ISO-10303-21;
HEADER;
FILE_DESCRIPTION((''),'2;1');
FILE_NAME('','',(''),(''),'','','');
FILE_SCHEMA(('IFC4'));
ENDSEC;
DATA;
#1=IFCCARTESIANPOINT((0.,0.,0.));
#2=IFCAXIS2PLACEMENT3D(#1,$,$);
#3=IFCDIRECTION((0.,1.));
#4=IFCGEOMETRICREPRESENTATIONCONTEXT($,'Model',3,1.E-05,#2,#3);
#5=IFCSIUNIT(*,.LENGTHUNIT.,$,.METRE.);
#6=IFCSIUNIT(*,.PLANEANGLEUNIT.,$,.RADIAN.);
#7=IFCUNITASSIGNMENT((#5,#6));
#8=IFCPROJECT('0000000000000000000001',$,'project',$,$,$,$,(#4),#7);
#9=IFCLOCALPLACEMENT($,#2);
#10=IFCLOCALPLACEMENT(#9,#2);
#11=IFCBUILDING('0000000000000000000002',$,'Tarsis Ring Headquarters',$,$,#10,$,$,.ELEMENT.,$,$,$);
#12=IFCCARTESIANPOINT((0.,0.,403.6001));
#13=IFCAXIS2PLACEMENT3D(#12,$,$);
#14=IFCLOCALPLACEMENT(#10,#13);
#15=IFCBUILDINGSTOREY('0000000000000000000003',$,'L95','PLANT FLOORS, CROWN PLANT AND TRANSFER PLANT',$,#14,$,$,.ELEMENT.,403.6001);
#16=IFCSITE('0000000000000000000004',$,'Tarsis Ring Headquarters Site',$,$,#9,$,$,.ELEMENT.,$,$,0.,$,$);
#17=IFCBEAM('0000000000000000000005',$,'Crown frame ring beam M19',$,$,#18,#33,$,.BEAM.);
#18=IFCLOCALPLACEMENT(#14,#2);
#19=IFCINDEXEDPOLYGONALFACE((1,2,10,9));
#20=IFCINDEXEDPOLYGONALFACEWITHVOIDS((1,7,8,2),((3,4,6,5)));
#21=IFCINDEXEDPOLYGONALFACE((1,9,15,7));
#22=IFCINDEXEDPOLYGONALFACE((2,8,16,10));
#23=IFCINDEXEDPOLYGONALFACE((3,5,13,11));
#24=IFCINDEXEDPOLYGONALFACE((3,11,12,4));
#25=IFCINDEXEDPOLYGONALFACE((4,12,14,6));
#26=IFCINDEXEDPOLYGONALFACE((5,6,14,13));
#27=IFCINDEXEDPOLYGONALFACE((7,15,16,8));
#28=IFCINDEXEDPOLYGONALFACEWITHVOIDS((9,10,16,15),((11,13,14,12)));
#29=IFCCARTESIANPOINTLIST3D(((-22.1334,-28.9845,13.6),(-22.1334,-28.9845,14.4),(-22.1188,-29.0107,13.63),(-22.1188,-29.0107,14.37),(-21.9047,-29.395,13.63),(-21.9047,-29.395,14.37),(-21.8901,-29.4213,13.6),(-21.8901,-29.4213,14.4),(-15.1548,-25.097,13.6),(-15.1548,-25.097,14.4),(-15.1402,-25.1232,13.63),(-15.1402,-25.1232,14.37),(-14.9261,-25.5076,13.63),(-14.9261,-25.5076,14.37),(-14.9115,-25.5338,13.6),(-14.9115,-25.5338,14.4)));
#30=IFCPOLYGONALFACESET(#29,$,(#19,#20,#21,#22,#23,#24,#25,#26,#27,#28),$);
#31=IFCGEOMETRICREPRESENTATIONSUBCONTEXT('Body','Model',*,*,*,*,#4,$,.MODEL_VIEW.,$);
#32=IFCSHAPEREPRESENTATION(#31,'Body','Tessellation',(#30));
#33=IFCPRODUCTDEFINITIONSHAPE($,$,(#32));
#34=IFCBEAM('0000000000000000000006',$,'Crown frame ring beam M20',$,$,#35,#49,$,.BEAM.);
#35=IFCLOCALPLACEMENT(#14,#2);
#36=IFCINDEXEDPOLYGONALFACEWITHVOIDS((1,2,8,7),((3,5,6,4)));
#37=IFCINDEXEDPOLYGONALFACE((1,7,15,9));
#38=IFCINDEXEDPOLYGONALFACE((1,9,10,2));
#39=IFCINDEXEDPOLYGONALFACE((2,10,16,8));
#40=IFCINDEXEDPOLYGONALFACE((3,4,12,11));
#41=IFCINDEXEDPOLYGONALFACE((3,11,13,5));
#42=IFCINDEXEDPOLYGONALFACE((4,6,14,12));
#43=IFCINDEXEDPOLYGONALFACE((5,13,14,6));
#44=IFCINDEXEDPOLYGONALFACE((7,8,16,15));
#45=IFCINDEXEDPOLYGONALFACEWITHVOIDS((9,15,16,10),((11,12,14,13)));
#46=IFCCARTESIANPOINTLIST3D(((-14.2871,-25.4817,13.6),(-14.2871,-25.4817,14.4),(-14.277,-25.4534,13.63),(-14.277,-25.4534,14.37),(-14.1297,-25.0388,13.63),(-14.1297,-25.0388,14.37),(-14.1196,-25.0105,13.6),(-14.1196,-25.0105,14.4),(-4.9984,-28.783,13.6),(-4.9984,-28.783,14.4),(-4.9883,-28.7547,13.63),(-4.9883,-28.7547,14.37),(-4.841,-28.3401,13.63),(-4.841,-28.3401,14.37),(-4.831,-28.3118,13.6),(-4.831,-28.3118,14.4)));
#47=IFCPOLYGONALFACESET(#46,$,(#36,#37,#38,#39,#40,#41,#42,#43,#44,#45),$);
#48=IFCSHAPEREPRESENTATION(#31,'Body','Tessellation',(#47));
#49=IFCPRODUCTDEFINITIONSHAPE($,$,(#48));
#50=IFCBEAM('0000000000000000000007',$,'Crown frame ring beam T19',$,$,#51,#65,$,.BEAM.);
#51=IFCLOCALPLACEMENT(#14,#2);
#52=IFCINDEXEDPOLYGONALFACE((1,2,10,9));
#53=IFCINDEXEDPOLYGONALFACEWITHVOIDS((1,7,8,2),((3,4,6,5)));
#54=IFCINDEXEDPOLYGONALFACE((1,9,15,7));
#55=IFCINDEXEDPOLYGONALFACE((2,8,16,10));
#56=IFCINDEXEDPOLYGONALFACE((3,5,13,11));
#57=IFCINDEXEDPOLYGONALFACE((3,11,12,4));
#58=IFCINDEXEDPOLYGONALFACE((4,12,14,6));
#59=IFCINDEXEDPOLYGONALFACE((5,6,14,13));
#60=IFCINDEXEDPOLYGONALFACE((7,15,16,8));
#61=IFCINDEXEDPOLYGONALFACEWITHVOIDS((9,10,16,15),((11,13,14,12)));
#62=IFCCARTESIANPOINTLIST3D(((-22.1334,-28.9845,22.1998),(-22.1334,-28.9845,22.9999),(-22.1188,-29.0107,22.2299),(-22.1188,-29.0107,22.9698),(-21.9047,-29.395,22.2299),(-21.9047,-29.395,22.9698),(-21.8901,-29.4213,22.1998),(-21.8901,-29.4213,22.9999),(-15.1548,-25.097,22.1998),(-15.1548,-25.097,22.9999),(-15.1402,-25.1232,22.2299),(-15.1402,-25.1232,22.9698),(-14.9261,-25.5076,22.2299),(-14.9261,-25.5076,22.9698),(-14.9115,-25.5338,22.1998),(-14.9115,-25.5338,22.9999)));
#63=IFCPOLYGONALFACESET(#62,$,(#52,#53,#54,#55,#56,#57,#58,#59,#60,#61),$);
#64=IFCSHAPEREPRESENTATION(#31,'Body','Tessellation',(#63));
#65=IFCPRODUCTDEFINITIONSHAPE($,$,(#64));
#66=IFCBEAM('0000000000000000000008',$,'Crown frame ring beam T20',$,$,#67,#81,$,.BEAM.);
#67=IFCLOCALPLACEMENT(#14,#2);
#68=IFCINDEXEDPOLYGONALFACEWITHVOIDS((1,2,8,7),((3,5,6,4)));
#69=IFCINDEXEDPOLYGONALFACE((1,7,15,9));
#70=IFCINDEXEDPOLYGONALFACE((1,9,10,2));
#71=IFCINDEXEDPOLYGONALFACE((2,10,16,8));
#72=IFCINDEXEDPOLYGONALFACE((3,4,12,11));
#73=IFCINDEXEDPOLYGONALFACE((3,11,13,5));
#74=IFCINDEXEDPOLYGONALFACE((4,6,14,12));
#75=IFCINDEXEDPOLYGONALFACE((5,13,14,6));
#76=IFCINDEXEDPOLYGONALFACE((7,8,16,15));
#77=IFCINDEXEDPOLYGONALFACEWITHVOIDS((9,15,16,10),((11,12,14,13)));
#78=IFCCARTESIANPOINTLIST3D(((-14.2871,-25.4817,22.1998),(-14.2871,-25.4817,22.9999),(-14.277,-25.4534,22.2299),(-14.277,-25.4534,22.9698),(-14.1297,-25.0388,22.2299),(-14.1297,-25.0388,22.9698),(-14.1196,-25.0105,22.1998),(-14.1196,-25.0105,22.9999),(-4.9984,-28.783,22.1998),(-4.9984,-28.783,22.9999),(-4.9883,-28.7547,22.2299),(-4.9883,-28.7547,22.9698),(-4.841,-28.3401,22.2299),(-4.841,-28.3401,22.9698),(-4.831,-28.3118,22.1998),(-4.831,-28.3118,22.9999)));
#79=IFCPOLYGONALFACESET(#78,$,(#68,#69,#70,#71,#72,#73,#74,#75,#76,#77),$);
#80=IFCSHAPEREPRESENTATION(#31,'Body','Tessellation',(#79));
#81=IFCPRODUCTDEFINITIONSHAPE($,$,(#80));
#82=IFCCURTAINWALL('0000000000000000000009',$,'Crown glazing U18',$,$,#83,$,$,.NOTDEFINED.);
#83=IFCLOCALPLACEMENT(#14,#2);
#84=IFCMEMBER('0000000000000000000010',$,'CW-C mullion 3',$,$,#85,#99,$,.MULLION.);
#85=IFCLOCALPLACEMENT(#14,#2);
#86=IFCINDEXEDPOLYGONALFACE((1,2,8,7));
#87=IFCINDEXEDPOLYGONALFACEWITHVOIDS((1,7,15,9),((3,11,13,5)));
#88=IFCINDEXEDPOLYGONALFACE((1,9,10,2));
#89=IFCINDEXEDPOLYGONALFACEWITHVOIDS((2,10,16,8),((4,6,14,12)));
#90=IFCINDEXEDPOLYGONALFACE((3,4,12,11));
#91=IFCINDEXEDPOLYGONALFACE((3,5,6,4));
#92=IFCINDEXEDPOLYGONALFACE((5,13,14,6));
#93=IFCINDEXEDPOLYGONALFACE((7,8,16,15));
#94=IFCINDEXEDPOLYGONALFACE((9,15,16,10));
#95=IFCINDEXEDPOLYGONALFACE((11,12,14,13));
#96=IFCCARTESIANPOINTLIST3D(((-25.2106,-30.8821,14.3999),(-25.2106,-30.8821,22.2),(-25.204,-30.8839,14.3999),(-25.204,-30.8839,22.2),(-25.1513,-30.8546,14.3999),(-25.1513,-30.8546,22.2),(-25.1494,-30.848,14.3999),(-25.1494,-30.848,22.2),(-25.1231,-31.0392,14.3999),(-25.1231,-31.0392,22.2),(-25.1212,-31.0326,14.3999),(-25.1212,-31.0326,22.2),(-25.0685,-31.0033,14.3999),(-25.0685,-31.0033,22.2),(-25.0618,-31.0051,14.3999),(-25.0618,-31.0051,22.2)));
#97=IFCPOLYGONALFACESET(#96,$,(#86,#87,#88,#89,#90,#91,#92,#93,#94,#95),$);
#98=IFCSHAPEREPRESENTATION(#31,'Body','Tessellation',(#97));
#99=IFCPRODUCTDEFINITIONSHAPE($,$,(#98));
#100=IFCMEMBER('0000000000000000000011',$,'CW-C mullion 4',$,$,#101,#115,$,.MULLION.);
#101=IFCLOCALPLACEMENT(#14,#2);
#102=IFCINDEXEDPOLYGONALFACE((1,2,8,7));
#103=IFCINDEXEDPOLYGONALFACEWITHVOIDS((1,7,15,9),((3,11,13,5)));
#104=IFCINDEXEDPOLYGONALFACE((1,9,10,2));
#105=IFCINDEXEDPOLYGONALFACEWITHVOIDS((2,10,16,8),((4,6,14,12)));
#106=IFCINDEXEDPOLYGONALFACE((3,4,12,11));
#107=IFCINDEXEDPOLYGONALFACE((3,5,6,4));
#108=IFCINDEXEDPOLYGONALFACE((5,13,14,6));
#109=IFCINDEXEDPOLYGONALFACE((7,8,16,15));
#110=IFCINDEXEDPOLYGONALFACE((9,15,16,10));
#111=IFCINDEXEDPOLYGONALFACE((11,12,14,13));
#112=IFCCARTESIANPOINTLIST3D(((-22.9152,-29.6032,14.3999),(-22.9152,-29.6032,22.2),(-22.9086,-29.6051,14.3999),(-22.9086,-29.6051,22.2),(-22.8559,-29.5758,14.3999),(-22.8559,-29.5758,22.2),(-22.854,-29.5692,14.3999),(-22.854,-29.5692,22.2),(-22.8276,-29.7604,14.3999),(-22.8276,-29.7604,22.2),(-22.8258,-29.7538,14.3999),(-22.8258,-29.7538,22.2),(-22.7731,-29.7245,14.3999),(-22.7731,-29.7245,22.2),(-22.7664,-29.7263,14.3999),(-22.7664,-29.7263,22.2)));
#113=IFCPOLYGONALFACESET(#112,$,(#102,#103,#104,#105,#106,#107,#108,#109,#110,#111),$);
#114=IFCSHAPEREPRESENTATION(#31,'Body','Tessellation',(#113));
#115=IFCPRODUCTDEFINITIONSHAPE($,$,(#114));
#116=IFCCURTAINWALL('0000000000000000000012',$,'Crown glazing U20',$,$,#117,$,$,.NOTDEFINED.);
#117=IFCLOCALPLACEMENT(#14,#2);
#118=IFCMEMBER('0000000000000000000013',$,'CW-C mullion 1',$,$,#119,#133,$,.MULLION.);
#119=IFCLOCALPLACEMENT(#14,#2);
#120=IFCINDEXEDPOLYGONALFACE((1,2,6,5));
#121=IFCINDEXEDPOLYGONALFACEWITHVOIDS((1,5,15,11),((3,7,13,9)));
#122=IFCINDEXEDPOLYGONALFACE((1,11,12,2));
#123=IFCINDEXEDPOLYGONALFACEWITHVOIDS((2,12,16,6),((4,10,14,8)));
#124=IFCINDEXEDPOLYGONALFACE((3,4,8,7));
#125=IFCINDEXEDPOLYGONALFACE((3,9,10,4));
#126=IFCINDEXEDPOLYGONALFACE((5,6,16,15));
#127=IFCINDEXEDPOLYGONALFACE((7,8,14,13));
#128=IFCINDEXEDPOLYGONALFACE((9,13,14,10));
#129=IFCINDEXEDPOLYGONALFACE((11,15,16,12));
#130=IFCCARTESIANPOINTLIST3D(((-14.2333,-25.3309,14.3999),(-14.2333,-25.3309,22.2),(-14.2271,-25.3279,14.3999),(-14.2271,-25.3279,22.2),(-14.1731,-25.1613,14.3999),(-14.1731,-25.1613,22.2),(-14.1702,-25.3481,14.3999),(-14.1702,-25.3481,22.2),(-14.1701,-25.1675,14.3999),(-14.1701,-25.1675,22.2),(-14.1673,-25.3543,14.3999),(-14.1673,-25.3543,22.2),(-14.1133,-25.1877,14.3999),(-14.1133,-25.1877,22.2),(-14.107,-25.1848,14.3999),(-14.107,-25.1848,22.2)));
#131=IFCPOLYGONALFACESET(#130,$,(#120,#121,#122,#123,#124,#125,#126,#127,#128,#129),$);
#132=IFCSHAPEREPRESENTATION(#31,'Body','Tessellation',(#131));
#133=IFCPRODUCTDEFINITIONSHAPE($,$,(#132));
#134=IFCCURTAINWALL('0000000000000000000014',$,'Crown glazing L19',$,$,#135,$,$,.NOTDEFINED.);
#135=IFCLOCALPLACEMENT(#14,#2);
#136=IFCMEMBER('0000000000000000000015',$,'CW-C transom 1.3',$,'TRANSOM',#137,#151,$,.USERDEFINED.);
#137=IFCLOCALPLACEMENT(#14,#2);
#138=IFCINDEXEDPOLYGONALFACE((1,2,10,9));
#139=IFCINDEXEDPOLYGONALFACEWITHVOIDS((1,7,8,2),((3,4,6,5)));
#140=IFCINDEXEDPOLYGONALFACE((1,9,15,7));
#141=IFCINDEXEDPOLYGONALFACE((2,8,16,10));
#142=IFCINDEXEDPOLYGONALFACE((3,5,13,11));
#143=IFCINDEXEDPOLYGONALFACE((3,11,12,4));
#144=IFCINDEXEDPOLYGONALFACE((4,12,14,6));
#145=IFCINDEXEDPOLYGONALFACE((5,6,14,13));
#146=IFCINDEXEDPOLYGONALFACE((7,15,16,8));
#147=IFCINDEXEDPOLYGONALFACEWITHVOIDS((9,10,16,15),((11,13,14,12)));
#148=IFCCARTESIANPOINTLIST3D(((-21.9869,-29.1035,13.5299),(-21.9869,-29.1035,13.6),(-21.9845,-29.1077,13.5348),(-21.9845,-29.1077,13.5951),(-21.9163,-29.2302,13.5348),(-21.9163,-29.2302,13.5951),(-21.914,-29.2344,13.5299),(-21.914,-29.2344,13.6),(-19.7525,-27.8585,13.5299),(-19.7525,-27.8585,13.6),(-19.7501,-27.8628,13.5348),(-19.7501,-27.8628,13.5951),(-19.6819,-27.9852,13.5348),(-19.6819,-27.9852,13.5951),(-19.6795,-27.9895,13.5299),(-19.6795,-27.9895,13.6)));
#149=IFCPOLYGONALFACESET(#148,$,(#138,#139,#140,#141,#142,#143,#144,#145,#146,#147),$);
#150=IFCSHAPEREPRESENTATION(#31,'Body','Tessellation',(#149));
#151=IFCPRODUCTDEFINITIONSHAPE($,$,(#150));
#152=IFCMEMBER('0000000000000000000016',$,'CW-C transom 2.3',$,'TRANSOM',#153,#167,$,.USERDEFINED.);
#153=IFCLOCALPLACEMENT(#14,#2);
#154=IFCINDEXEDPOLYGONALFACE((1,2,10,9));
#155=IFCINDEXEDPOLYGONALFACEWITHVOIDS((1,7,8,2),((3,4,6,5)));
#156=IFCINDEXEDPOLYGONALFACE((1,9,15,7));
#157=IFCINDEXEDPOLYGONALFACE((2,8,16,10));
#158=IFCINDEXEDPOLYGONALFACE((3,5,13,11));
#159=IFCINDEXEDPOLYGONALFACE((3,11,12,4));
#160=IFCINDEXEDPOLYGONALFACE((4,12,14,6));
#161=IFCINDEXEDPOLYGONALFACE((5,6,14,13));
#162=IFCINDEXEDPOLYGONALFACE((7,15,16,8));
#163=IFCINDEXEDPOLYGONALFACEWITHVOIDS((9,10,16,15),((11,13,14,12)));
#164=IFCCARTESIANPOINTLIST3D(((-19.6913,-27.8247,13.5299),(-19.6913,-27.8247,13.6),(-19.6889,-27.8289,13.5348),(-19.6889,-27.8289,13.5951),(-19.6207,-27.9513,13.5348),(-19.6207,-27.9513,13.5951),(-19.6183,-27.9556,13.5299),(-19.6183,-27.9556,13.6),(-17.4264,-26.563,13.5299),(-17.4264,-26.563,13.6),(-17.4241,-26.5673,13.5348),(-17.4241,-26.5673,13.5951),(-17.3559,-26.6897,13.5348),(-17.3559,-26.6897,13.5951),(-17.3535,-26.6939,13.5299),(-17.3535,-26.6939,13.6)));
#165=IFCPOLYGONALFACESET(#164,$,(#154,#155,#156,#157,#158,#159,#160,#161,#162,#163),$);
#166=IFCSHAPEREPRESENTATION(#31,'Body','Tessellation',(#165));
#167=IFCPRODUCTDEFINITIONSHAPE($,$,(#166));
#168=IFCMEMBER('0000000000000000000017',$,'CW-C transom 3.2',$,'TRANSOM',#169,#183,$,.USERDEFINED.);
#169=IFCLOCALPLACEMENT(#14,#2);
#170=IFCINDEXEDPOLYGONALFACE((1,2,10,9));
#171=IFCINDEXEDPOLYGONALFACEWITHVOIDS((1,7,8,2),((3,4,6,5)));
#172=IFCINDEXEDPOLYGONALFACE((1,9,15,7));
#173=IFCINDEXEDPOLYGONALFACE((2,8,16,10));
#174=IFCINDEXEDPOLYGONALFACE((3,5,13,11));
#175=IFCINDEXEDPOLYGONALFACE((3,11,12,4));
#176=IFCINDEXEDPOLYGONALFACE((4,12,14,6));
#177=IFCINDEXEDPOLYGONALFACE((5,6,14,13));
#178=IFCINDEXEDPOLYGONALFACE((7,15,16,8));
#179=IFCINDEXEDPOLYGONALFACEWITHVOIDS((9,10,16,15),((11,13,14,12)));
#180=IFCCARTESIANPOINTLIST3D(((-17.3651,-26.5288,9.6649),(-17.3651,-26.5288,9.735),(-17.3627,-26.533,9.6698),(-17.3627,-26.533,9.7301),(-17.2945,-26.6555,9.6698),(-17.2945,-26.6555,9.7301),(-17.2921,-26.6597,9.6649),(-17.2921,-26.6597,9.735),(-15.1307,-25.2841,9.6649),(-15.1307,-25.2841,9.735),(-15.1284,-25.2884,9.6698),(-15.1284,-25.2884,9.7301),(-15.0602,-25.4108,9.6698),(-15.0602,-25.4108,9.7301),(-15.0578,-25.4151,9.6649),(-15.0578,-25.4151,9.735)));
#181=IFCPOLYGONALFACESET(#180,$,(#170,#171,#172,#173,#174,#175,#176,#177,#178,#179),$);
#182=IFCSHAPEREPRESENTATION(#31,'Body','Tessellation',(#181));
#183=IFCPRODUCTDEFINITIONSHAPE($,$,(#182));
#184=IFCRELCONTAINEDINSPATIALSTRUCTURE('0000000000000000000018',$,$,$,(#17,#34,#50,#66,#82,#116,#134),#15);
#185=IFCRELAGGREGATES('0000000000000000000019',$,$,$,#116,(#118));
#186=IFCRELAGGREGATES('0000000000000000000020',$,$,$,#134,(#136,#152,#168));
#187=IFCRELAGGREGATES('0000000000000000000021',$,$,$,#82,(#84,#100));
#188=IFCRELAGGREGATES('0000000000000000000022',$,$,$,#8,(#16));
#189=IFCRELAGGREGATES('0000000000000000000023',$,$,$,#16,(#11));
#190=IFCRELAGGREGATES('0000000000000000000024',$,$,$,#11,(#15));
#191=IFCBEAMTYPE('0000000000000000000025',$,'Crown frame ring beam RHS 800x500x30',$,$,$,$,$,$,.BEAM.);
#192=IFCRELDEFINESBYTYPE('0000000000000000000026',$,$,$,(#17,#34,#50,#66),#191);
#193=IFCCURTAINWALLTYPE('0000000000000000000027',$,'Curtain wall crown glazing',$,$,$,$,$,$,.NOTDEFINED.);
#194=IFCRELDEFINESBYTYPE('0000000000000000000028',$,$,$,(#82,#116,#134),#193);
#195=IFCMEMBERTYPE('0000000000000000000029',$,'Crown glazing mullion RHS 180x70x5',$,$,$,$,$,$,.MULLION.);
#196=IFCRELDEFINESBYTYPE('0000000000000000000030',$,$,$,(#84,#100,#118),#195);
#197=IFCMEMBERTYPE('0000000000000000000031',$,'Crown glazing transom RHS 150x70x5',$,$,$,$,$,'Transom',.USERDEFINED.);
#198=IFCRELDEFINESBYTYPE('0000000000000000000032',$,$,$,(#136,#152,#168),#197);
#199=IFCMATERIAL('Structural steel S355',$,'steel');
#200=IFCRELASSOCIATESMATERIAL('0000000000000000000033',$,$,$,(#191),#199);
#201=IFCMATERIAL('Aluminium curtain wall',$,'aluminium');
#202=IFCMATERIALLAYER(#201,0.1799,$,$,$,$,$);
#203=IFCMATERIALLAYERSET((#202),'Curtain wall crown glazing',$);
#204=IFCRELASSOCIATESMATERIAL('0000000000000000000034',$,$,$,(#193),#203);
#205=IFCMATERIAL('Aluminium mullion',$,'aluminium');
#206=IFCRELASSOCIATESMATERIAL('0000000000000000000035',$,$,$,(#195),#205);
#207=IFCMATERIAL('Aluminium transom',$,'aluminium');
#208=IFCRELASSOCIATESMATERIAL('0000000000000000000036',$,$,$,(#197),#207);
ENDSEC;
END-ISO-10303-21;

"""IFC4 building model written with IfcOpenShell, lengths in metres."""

from ifc_helpers import new_model, si_unit, direction, frame, origin, origin_2d, place, context, subcontext, project, spatial, hollow_rectangle, extrude, material, layer, layer_set, material_profile, profile_set, type_object, element, aggregate, save


model = new_model("IFC4")

# Units and contexts
model_context = context("Model", 3, precision=1e-05, world=origin(), true_north=direction((0.0, 1.0)))
body_context = subcontext(model_context, "Body", "Model", "MODEL_VIEW")
ifc_project = project(units=[si_unit("LENGTHUNIT", "METRE"), si_unit("PLANEANGLEUNIT", "RADIAN")], contexts=[model_context])

# Site, building, storey
site_placement = place(None, origin())
site = spatial("IfcSite", under=ifc_project, at=site_placement, Name="Tarsis Ring Headquarters Site", CompositionType="ELEMENT", RefElevation=0.0)
building_placement = place(site_placement, origin())
building = spatial("IfcBuilding", under=site, at=building_placement, Name="Tarsis Ring Headquarters", CompositionType="ELEMENT")
storey_placement = place(building_placement, frame((0.0, 0.0, 403.6001)))
storey = spatial("IfcBuildingStorey", under=building, at=storey_placement, Name="L95", Description="PLANT FLOORS, CROWN PLANT AND TRANSFER PLANT", CompositionType="ELEMENT", Elevation=403.6001)

# Beams
ifc_material_1 = material(Name="Structural steel S355", Category="steel")
ifc_material_profile_1 = material_profile(ifc_material_1, hollow_rectangle(XDim=0.5, YDim=0.8, WallThickness=0.03, at=origin_2d()), Name="RHS 800x500x30")
ifc_profile_set_1 = profile_set([ifc_material_profile_1], Name="Structural steel S355")
beam_type = type_object("IfcBeamType", Name="Crown frame ring beam RHS 800x500x30", PredefinedType="BEAM", material=ifc_profile_set_1)
beam_1_placement = place(storey_placement, frame((-22.0117, -29.2029, 14.0), z_axis=(0.873599, 0.486647, 0.0), x_axis=(-0.486647, 0.873599, 0.0)))
element("IfcBeam", 1, at=beam_1_placement, inside=storey, type_object=beam_type, Name="Crown frame ring beam M19", PredefinedType="BEAM", context=body_context, shape_type="SweptSolid", body=[
    extrude(hollow_rectangle(XDim=0.5, YDim=0.8, WallThickness=0.03, at=origin_2d()), origin(), (0.0, 0.0, 1.0), 7.9883),
])
beam_2_placement = place(storey_placement, frame((-14.2034, -25.2461, 14.0), z_axis=(0.942257, -0.334889, 0.0), x_axis=(0.334889, 0.942257, 0.0)))
element("IfcBeam", 2, at=beam_2_placement, inside=storey, type_object=beam_type, Name="Crown frame ring beam M20", PredefinedType="BEAM", context=body_context, shape_type="SweptSolid", body=[
    extrude(hollow_rectangle(XDim=0.5, YDim=0.8, WallThickness=0.03, at=origin_2d()), origin(), (0.0, 0.0, 1.0), 9.8579),
])
beam_3_placement = place(storey_placement, frame((-22.0117, -29.2029, 22.5999), z_axis=(0.873599, 0.486647, 0.0), x_axis=(-0.486647, 0.873599, 0.0)))
element("IfcBeam", 3, at=beam_3_placement, inside=storey, type_object=beam_type, Name="Crown frame ring beam T19", PredefinedType="BEAM", context=body_context, shape_type="SweptSolid", body=[
    extrude(hollow_rectangle(XDim=0.5, YDim=0.8, WallThickness=0.03, at=origin_2d()), origin(), (0.0, 0.0, 1.0), 7.9883),
])
beam_4_placement = place(storey_placement, frame((-14.2034, -25.2461, 22.5999), z_axis=(0.942257, -0.334889, 0.0), x_axis=(0.334889, 0.942257, 0.0)))
element("IfcBeam", 4, at=beam_4_placement, inside=storey, type_object=beam_type, Name="Crown frame ring beam T20", PredefinedType="BEAM", context=body_context, shape_type="SweptSolid", body=[
    extrude(hollow_rectangle(XDim=0.5, YDim=0.8, WallThickness=0.03, at=origin_2d()), origin(), (0.0, 0.0, 1.0), 9.8579),
])

# Curtain wall, members
ifc_material_2 = material(Name="Aluminium curtain wall", Category="aluminium")
ifc_layer_1 = layer(ifc_material_2, 0.1799)
ifc_layer_set_1 = layer_set([ifc_layer_1], Name="Curtain wall crown glazing")
curtain_wall_type = type_object("IfcCurtainWallType", Name="Curtain wall crown glazing", PredefinedType="NOTDEFINED", material=ifc_layer_set_1)
curtain_wall_1_placement = place(storey_placement, origin())
curtain_wall_1 = element("IfcCurtainWall", 5, at=curtain_wall_1_placement, inside=storey, type_object=curtain_wall_type, Name="Crown glazing U18", PredefinedType="NOTDEFINED")
ifc_material_3 = material(Name="Aluminium mullion", Category="aluminium")
ifc_material_profile_2 = material_profile(ifc_material_3, hollow_rectangle(XDim=0.1799, YDim=0.0701, WallThickness=0.0049, at=origin_2d()), Name="RHS 180x70x5")
ifc_profile_set_2 = profile_set([ifc_material_profile_2], Name="Aluminium mullion")
member_type_1 = type_object("IfcMemberType", Name="Crown glazing mullion RHS 180x70x5", PredefinedType="MULLION", material=ifc_profile_set_2)
member_1_placement = place(storey_placement, frame((-25.1362, -30.9436, 14.3999), z_axis=(0.0, 0.0, 1.0), x_axis=(-0.48664, 0.873602, 0.0)))
member_1 = element("IfcMember", 6, at=member_1_placement, type_object=member_type_1, Name="CW-C mullion 3", PredefinedType="MULLION", context=body_context, shape_type="SweptSolid", body=[
    extrude(hollow_rectangle(XDim=0.1799, YDim=0.0701, WallThickness=0.0049, at=origin_2d()), origin(), (0.0, 0.0, 1.0), 7.8),
])
member_2_placement = place(storey_placement, frame((-22.8408, -29.6648, 14.3999), z_axis=(0.0, 0.0, 1.0), x_axis=(-0.48664, 0.873602, 0.0)))
member_2 = element("IfcMember", 7, at=member_2_placement, type_object=member_type_1, Name="CW-C mullion 4", PredefinedType="MULLION", context=body_context, shape_type="SweptSolid", body=[
    extrude(hollow_rectangle(XDim=0.1799, YDim=0.0701, WallThickness=0.0049, at=origin_2d()), origin(), (0.0, 0.0, 1.0), 7.8),
])

# Curtain wall, member
curtain_wall_2_placement = place(storey_placement, origin())
curtain_wall_2 = element("IfcCurtainWall", 8, at=curtain_wall_2_placement, inside=storey, type_object=curtain_wall_type, Name="Crown glazing U20", PredefinedType="NOTDEFINED")
member_3_placement = place(storey_placement, frame((-14.1702, -25.2578, 14.3999), z_axis=(0.0, 0.0, 1.0), x_axis=(0.334876, 0.942262, 0.0)))
member_3 = element("IfcMember", 9, at=member_3_placement, type_object=member_type_1, Name="CW-C mullion 1", PredefinedType="MULLION", context=body_context, shape_type="SweptSolid", body=[
    extrude(hollow_rectangle(XDim=0.1799, YDim=0.0701, WallThickness=0.0049, at=origin_2d()), origin(), (0.0, 0.0, 1.0), 7.8),
])
aggregate(curtain_wall_2, [member_3])

# Curtain wall, members
curtain_wall_3_placement = place(storey_placement, origin())
curtain_wall_3 = element("IfcCurtainWall", 10, at=curtain_wall_3_placement, inside=storey, type_object=curtain_wall_type, Name="Crown glazing L19", PredefinedType="NOTDEFINED")
ifc_material_4 = material(Name="Aluminium transom", Category="aluminium")
ifc_material_profile_3 = material_profile(ifc_material_4, hollow_rectangle(XDim=0.1499, YDim=0.0701, WallThickness=0.0049, at=origin_2d()), Name="RHS 150x70x5")
ifc_profile_set_3 = profile_set([ifc_material_profile_3], Name="Aluminium transom")
member_type_2 = type_object("IfcMemberType", Name="Crown glazing transom RHS 150x70x5", ElementType="Transom", PredefinedType="USERDEFINED", material=ifc_profile_set_3)
member_4_placement = place(storey_placement, frame((-21.9504, -29.1689, 13.5649), z_axis=(0.873567, 0.486704, 0.0), x_axis=(-0.486704, 0.873567, 0.0)))
member_4 = element("IfcMember", 11, at=member_4_placement, type_object=member_type_2, Name="CW-C transom 1.3", ObjectType="TRANSOM", PredefinedType="USERDEFINED", context=body_context, shape_type="SweptSolid", body=[
    extrude(hollow_rectangle(XDim=0.1499, YDim=0.0701, WallThickness=0.0049, at=origin_2d()), origin(), (0.0, 0.0, 1.0), 2.5579),
])
member_5_placement = place(storey_placement, frame((-19.6548, -27.8901, 13.5649), z_axis=(0.873593, 0.486658, 0.0), x_axis=(-0.486658, 0.873593, 0.0)))
member_5 = element("IfcMember", 12, at=member_5_placement, type_object=member_type_2, Name="CW-C transom 2.3", ObjectType="TRANSOM", PredefinedType="USERDEFINED", context=body_context, shape_type="SweptSolid", body=[
    extrude(hollow_rectangle(XDim=0.1499, YDim=0.0701, WallThickness=0.0049, at=origin_2d()), origin(), (0.0, 0.0, 1.0), 2.5925),
])
member_6_placement = place(storey_placement, frame((-17.3286, -26.5942, 9.7), z_axis=(0.873607, 0.486631, 0.0), x_axis=(-0.486631, 0.873607, 0.0)))
member_6 = element("IfcMember", 13, at=member_6_placement, type_object=member_type_2, Name="CW-C transom 3.2", ObjectType="TRANSOM", PredefinedType="USERDEFINED", context=body_context, shape_type="SweptSolid", body=[
    extrude(hollow_rectangle(XDim=0.1499, YDim=0.0701, WallThickness=0.0049, at=origin_2d()), origin(), (0.0, 0.0, 1.0), 2.5576),
])

aggregate(curtain_wall_3, [member_4, member_5, member_6])
aggregate(curtain_wall_1, [member_1, member_2])

save(model, "model.ifc")
